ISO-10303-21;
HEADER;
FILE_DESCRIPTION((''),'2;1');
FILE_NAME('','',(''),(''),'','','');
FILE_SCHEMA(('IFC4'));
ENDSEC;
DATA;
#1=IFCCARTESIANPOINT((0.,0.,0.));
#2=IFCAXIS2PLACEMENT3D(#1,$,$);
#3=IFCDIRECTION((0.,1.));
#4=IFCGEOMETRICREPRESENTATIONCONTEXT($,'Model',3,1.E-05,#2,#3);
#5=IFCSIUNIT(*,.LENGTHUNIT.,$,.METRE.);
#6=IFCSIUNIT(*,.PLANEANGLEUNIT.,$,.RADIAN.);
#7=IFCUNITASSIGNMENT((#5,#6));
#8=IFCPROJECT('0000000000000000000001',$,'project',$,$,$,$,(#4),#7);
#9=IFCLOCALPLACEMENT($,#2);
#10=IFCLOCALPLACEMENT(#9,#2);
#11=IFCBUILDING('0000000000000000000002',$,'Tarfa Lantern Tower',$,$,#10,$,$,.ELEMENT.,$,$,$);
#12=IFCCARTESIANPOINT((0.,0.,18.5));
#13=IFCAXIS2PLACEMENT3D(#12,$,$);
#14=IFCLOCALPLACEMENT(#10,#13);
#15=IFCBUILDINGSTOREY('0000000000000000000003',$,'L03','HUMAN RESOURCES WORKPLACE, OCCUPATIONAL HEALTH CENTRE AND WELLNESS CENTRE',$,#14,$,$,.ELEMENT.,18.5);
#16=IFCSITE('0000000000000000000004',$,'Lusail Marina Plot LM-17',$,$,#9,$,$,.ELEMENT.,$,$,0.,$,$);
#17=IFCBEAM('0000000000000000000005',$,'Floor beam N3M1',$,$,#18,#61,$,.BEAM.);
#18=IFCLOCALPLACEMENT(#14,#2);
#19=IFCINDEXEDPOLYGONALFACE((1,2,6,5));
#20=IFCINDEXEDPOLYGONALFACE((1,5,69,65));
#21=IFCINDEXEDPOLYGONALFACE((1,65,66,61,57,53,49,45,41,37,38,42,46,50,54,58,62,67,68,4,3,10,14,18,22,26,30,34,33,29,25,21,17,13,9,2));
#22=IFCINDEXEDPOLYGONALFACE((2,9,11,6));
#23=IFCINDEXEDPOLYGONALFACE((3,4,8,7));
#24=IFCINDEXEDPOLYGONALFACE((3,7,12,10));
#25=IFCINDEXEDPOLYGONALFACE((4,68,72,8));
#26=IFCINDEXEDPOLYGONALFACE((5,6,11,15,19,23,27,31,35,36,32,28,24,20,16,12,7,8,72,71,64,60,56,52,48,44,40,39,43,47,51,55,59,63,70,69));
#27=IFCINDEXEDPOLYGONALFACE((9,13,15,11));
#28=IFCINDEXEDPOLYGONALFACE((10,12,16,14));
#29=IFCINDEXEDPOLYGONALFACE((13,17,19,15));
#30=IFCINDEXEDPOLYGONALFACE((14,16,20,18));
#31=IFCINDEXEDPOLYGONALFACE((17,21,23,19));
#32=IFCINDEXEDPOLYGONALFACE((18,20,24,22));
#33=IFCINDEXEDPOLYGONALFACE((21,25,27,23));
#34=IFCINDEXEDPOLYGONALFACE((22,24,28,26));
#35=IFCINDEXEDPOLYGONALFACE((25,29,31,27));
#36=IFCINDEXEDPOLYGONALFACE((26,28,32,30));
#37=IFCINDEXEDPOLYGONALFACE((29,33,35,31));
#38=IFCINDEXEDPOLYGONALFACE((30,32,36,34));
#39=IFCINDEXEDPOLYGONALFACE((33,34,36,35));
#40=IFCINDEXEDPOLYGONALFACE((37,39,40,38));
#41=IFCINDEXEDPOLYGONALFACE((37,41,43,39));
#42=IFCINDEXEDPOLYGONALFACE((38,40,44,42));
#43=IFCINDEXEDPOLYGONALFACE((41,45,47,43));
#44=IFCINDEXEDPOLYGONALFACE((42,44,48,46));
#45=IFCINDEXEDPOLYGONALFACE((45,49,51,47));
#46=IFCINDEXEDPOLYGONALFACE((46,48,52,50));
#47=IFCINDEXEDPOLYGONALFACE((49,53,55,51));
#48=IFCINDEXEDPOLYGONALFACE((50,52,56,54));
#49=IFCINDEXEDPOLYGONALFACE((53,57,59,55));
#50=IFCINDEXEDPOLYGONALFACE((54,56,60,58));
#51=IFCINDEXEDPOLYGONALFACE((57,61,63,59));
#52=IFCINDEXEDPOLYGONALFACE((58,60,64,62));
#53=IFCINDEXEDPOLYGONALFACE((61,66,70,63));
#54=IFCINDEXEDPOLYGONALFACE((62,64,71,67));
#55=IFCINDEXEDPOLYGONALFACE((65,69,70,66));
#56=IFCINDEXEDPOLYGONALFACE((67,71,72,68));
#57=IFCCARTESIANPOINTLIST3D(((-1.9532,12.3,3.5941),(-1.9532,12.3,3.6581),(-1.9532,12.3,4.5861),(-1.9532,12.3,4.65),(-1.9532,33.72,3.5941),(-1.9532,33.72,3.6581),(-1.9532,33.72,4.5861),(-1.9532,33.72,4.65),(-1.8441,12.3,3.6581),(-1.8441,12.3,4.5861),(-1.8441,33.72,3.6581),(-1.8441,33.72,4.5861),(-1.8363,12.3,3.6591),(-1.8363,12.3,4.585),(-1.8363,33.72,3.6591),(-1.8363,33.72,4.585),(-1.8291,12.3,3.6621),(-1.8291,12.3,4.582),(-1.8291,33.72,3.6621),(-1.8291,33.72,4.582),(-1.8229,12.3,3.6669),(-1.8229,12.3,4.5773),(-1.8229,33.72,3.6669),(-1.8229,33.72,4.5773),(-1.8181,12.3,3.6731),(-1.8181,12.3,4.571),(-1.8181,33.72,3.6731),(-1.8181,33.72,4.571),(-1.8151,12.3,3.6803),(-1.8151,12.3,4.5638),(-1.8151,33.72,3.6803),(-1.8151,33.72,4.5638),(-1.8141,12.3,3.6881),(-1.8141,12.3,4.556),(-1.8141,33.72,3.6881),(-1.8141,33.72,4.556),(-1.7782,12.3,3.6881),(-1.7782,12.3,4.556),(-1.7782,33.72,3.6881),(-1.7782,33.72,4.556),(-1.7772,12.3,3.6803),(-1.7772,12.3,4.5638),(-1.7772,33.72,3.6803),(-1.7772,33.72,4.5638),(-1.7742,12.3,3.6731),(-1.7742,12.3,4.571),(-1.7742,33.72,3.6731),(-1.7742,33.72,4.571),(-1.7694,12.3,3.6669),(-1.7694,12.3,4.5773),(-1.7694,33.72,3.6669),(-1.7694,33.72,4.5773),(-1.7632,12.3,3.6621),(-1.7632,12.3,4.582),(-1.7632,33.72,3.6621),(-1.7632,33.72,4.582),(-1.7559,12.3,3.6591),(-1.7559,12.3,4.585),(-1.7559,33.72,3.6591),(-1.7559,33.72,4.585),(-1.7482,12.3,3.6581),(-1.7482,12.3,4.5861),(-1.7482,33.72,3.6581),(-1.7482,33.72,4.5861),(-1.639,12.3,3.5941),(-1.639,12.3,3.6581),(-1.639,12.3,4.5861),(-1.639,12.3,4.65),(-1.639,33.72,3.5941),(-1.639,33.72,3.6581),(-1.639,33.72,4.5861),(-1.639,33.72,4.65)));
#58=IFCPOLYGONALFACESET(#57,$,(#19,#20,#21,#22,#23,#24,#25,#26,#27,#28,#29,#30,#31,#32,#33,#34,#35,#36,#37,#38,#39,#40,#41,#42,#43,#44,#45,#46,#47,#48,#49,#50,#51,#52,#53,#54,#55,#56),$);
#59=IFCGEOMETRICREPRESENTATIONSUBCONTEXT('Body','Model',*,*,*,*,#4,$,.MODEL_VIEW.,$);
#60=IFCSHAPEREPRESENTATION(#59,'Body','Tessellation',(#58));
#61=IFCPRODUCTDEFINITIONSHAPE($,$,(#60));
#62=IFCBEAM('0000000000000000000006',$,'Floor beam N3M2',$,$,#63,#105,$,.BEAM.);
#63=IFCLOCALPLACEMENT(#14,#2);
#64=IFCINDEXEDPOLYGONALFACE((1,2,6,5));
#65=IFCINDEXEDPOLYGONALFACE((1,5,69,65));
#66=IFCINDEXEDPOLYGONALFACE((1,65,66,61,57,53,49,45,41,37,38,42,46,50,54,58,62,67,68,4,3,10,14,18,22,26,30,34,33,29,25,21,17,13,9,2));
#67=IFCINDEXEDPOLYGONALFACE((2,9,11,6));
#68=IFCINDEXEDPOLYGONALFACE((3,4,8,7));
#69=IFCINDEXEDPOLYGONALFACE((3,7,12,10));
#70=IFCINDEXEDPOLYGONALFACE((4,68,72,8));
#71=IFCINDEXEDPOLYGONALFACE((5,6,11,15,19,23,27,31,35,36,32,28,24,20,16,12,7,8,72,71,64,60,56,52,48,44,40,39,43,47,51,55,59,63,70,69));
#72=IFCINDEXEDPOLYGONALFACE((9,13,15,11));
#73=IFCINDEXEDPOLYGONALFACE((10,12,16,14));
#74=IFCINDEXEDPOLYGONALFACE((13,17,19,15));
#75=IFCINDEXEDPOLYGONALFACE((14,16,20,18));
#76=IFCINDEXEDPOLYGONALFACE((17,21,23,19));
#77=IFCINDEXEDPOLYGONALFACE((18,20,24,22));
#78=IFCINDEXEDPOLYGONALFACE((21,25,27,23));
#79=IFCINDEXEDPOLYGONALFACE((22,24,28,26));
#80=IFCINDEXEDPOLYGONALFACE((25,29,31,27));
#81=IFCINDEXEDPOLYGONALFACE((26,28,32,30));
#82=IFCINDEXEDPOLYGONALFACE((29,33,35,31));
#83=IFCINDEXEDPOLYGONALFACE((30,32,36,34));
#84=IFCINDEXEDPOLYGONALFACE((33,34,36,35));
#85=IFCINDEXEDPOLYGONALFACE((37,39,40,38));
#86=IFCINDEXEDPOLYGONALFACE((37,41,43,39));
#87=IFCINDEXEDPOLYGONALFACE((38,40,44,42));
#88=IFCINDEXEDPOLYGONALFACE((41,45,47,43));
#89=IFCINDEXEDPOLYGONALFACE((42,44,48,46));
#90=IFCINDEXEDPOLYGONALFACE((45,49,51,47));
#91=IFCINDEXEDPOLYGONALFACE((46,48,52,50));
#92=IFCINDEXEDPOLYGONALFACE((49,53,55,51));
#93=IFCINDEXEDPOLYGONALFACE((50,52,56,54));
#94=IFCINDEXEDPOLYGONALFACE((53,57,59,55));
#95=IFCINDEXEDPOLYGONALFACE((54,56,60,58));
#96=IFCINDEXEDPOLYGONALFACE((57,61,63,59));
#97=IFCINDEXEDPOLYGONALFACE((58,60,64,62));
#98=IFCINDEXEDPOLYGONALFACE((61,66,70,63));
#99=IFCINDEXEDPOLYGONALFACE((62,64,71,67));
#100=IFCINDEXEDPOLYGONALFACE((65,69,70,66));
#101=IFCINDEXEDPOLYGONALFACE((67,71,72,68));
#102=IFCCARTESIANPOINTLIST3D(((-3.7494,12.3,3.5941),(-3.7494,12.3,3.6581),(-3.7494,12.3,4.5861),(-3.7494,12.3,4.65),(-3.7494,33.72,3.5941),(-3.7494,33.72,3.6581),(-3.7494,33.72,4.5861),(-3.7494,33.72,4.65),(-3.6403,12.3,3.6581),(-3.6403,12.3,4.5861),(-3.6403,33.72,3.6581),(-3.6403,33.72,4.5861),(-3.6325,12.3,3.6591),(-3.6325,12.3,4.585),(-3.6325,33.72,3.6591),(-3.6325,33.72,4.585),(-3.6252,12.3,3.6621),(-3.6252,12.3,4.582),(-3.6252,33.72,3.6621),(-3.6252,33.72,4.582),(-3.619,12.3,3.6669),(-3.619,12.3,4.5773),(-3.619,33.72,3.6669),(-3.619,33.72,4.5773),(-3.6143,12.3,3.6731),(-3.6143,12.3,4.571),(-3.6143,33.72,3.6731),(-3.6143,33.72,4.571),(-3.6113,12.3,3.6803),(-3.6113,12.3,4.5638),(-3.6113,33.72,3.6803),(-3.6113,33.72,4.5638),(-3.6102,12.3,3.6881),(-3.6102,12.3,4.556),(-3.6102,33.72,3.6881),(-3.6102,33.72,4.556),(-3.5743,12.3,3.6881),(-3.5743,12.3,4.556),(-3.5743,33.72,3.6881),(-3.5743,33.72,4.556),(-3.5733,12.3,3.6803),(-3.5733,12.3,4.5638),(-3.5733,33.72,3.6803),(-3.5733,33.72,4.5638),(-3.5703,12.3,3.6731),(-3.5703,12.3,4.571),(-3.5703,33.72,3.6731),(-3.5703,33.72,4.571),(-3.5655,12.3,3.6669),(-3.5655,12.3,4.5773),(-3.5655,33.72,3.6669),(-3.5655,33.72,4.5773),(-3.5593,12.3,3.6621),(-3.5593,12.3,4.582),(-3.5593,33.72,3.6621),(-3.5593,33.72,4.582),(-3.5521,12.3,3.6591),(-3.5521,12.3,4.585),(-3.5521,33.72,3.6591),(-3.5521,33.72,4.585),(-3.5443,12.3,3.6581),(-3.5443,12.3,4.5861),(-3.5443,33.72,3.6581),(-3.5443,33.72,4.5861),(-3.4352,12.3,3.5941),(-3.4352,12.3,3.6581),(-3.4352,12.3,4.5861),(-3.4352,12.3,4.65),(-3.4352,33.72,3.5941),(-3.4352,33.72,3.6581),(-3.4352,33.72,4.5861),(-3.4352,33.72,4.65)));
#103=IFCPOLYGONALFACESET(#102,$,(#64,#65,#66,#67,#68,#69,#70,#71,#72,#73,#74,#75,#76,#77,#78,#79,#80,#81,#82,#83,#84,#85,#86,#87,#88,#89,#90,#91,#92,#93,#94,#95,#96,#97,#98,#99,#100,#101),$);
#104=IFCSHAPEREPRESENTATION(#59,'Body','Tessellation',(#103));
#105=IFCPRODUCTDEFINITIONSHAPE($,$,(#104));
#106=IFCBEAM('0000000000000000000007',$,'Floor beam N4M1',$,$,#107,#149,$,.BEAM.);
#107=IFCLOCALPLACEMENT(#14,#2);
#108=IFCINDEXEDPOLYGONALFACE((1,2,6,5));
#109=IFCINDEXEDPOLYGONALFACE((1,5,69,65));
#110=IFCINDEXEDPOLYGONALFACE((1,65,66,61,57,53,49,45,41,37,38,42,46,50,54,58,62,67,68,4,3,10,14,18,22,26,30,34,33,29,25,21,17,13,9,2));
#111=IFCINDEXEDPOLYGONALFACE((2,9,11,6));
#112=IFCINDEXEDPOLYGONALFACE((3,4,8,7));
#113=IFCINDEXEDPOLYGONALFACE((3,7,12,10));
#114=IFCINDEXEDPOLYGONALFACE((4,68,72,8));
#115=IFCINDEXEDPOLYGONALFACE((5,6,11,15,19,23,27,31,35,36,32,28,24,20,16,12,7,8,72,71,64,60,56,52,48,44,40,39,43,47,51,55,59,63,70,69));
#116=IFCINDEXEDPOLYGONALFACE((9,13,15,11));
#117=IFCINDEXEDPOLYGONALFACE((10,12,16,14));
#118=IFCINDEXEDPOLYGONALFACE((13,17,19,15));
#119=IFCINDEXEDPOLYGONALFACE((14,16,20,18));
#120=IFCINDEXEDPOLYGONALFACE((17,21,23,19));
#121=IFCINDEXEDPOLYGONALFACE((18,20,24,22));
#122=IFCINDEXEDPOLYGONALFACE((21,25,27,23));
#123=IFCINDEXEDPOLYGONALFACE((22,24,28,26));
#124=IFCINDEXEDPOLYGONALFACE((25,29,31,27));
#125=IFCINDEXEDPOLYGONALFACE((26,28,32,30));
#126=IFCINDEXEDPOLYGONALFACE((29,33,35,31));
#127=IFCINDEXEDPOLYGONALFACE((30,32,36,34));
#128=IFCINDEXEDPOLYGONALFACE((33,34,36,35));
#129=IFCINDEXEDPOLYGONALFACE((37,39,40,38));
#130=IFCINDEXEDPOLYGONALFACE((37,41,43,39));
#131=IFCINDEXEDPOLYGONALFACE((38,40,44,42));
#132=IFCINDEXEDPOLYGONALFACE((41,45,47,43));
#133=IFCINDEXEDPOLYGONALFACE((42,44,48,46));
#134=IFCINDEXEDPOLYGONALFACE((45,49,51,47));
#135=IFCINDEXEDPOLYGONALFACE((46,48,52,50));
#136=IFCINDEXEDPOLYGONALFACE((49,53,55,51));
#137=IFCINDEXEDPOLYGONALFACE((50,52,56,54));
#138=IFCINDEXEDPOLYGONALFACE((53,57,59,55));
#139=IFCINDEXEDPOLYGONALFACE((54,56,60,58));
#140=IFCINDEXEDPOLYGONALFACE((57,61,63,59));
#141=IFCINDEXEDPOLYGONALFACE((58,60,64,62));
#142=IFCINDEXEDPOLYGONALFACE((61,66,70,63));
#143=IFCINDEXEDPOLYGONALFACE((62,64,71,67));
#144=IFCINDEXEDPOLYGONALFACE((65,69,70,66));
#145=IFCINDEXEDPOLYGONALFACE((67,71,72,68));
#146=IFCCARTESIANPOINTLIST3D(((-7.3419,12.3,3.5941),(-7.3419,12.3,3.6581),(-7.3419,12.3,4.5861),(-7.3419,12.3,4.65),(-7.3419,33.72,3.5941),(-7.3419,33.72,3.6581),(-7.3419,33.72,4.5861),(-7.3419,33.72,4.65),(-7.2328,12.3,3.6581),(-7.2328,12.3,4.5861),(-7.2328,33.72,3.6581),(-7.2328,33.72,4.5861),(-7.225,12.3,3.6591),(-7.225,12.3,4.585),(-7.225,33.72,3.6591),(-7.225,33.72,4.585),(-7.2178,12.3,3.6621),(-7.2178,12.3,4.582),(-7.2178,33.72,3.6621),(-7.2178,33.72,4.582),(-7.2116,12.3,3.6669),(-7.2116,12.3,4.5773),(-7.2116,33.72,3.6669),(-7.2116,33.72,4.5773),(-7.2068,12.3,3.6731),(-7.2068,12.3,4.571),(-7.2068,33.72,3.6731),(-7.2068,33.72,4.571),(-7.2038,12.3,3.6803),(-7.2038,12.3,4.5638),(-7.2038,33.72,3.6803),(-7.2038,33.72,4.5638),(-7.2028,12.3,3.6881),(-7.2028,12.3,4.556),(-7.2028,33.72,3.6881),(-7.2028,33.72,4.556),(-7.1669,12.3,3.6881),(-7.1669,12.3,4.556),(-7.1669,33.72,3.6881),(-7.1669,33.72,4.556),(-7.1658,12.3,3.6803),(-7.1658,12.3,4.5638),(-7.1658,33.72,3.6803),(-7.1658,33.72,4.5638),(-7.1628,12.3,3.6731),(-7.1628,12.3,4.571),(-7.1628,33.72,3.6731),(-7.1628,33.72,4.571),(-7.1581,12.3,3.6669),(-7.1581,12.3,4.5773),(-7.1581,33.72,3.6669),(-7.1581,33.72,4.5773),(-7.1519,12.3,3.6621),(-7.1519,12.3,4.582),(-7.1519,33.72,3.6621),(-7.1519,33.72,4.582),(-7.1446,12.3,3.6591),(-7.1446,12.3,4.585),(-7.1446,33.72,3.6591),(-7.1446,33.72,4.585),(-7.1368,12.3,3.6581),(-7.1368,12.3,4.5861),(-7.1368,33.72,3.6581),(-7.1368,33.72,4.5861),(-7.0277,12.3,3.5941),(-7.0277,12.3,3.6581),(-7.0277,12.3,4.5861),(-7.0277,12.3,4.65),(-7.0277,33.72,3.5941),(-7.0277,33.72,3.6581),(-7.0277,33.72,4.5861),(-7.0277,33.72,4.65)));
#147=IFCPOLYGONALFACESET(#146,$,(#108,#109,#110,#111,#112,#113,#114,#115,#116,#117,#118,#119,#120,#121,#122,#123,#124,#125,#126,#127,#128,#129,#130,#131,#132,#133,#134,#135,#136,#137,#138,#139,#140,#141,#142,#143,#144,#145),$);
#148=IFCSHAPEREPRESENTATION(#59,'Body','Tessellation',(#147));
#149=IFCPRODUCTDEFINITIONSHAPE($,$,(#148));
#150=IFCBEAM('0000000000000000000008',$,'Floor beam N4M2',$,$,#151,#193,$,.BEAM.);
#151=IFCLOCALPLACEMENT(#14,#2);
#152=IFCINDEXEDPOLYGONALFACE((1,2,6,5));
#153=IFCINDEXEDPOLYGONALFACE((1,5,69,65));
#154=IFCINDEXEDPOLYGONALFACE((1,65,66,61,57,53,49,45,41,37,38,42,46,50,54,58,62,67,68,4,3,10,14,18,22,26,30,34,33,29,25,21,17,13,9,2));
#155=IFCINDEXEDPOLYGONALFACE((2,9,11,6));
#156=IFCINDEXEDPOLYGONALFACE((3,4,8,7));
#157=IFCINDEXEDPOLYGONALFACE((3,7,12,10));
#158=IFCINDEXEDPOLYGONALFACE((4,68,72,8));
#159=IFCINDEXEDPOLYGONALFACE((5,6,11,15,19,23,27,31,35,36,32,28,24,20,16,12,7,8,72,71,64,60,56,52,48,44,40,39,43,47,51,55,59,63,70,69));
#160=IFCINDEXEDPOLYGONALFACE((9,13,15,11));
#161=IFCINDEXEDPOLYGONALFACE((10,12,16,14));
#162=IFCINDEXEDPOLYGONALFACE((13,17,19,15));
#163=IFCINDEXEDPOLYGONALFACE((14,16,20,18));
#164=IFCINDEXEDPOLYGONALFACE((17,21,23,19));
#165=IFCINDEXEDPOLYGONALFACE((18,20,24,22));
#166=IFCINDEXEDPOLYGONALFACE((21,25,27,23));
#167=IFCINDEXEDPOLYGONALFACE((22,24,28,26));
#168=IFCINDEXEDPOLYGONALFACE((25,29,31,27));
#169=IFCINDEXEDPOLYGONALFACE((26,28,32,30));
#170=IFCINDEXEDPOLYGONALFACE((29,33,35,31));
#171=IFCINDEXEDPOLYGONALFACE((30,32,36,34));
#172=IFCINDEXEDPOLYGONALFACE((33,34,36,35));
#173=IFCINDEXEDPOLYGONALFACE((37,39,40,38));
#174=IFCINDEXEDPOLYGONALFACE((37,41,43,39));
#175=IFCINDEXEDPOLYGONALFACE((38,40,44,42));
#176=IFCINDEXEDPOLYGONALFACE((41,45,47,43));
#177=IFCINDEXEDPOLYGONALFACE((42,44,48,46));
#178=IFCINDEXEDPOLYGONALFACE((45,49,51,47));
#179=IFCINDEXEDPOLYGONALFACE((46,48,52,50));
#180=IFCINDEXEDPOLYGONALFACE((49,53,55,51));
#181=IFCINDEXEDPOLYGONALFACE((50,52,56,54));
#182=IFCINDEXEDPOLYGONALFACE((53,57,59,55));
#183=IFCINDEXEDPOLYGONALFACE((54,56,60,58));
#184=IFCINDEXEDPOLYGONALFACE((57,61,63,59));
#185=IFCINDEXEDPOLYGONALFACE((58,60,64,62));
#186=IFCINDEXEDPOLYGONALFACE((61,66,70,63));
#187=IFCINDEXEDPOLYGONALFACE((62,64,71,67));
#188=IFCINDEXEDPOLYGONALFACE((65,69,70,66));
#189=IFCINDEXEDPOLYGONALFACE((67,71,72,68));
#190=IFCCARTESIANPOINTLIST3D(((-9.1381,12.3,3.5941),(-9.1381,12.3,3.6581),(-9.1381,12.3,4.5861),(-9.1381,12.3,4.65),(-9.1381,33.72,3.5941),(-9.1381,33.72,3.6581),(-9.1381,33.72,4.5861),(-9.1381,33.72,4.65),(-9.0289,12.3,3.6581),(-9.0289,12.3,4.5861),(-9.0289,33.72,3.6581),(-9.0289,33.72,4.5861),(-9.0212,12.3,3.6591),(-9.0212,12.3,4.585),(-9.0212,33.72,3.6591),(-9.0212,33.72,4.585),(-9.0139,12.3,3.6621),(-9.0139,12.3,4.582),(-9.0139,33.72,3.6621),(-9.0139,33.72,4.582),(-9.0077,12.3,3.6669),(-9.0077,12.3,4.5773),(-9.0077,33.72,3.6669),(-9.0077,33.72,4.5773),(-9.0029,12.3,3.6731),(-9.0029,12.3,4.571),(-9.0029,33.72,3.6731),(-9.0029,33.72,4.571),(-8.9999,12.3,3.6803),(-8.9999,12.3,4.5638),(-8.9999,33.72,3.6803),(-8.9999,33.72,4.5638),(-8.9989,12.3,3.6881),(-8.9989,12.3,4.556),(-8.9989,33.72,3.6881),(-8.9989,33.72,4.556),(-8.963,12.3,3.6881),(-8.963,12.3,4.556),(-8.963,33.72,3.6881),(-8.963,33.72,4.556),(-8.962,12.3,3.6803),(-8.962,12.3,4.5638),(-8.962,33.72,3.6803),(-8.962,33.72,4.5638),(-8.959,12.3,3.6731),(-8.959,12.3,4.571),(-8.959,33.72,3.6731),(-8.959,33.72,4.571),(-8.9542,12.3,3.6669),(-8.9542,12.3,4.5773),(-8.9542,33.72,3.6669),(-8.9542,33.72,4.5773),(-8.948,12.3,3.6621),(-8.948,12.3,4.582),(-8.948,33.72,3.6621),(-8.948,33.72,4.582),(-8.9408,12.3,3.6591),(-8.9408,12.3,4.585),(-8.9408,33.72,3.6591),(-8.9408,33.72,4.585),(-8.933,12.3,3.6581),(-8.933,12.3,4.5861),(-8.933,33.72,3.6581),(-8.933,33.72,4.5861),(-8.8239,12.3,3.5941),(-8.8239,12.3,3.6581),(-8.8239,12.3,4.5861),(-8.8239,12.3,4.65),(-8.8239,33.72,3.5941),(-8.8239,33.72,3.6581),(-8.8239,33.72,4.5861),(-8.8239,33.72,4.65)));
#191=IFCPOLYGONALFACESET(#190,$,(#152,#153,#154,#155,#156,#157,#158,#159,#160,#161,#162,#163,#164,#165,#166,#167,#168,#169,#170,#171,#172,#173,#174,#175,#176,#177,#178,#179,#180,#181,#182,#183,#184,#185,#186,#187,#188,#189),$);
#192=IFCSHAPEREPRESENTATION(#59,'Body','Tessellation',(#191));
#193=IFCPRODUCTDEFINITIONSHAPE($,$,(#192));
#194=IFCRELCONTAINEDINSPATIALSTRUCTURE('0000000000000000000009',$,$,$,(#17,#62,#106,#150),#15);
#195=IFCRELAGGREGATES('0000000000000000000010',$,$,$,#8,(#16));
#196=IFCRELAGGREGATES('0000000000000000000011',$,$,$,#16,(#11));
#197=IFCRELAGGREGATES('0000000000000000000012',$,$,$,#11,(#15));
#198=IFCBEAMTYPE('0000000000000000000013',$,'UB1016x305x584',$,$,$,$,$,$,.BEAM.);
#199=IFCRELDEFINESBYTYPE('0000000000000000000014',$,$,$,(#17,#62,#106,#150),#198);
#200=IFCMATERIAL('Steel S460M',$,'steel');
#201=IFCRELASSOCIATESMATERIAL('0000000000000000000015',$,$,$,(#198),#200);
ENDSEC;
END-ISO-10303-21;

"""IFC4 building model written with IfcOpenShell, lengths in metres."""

from ifc_helpers import new_model, si_unit, direction, frame, origin, origin_2d, place, context, subcontext, project, spatial, i_section, extrude, material, material_profile, profile_set, type_object, element, save


model = new_model("IFC4")

# Units and contexts
model_context = context("Model", 3, precision=1e-05, world=origin(), true_north=direction((0.0, 1.0)))
body_context = subcontext(model_context, "Body", "Model", "MODEL_VIEW")
ifc_project = project(units=[si_unit("LENGTHUNIT", "METRE"), si_unit("PLANEANGLEUNIT", "RADIAN")], contexts=[model_context])

# Site, building, storey
site_placement = place(None, origin())
site = spatial("IfcSite", under=ifc_project, at=site_placement, Name="Lusail Marina Plot LM-17", CompositionType="ELEMENT", RefElevation=0.0)
building_placement = place(site_placement, origin())
building = spatial("IfcBuilding", under=site, at=building_placement, Name="Tarfa Lantern Tower", CompositionType="ELEMENT")
storey_placement = place(building_placement, frame((0.0, 0.0, 18.5)))
storey = spatial("IfcBuildingStorey", under=building, at=storey_placement, Name="L03", Description="HUMAN RESOURCES WORKPLACE, OCCUPATIONAL HEALTH CENTRE AND WELLNESS CENTRE", CompositionType="ELEMENT", Elevation=18.5)

# Beams
ifc_material_1 = material(Name="Steel S460M", Category="steel")
ifc_material_profile_1 = material_profile(ifc_material_1, i_section(OverallWidth=0.3142, OverallDepth=1.0559, WebThickness=0.0359, FlangeThickness=0.064, FilletRadius=0.03, at=origin_2d()), Name="UB1016x305x584")
ifc_profile_set_1 = profile_set([ifc_material_profile_1], Name="Steel S460M")
beam_type_1 = type_object("IfcBeamType", Name="UB1016x305x584", PredefinedType="BEAM", material=ifc_profile_set_1)
for number, where, z_axis, x_axis, name in (
    (1, (-1.7961, 33.72, 4.1221), (0.0, -1.0, 0.0), (1.0, 0.0, 0.0), "Floor beam N3M1"),
    (2, (-3.5923, 33.72, 4.1221), (0.0, -1.0, 0.0), (1.0, 0.0, 0.0), "Floor beam N3M2"),
    (3, (-7.1848, 33.72, 4.1221), (0.0, -1.0, 0.0), (1.0, 0.0, 0.0), "Floor beam N4M1"),
    (4, (-8.981, 33.72, 4.1221), (0.0, -1.0, 0.0), (1.0, 0.0, 0.0), "Floor beam N4M2"),
):
    element("IfcBeam", number, at=place(storey_placement, frame(where, z_axis=z_axis, x_axis=x_axis)), inside=storey, type_object=beam_type_1, Name=name, PredefinedType="BEAM", context=body_context, shape_type="SweptSolid", body=[
        extrude(i_section(OverallWidth=0.3142, OverallDepth=1.0559, WebThickness=0.0359, FlangeThickness=0.064, FilletRadius=0.03, at=origin_2d()), origin(), (0.0, 0.0, 1.0), 21.4199),
    ])

save(model, "model.ifc")
